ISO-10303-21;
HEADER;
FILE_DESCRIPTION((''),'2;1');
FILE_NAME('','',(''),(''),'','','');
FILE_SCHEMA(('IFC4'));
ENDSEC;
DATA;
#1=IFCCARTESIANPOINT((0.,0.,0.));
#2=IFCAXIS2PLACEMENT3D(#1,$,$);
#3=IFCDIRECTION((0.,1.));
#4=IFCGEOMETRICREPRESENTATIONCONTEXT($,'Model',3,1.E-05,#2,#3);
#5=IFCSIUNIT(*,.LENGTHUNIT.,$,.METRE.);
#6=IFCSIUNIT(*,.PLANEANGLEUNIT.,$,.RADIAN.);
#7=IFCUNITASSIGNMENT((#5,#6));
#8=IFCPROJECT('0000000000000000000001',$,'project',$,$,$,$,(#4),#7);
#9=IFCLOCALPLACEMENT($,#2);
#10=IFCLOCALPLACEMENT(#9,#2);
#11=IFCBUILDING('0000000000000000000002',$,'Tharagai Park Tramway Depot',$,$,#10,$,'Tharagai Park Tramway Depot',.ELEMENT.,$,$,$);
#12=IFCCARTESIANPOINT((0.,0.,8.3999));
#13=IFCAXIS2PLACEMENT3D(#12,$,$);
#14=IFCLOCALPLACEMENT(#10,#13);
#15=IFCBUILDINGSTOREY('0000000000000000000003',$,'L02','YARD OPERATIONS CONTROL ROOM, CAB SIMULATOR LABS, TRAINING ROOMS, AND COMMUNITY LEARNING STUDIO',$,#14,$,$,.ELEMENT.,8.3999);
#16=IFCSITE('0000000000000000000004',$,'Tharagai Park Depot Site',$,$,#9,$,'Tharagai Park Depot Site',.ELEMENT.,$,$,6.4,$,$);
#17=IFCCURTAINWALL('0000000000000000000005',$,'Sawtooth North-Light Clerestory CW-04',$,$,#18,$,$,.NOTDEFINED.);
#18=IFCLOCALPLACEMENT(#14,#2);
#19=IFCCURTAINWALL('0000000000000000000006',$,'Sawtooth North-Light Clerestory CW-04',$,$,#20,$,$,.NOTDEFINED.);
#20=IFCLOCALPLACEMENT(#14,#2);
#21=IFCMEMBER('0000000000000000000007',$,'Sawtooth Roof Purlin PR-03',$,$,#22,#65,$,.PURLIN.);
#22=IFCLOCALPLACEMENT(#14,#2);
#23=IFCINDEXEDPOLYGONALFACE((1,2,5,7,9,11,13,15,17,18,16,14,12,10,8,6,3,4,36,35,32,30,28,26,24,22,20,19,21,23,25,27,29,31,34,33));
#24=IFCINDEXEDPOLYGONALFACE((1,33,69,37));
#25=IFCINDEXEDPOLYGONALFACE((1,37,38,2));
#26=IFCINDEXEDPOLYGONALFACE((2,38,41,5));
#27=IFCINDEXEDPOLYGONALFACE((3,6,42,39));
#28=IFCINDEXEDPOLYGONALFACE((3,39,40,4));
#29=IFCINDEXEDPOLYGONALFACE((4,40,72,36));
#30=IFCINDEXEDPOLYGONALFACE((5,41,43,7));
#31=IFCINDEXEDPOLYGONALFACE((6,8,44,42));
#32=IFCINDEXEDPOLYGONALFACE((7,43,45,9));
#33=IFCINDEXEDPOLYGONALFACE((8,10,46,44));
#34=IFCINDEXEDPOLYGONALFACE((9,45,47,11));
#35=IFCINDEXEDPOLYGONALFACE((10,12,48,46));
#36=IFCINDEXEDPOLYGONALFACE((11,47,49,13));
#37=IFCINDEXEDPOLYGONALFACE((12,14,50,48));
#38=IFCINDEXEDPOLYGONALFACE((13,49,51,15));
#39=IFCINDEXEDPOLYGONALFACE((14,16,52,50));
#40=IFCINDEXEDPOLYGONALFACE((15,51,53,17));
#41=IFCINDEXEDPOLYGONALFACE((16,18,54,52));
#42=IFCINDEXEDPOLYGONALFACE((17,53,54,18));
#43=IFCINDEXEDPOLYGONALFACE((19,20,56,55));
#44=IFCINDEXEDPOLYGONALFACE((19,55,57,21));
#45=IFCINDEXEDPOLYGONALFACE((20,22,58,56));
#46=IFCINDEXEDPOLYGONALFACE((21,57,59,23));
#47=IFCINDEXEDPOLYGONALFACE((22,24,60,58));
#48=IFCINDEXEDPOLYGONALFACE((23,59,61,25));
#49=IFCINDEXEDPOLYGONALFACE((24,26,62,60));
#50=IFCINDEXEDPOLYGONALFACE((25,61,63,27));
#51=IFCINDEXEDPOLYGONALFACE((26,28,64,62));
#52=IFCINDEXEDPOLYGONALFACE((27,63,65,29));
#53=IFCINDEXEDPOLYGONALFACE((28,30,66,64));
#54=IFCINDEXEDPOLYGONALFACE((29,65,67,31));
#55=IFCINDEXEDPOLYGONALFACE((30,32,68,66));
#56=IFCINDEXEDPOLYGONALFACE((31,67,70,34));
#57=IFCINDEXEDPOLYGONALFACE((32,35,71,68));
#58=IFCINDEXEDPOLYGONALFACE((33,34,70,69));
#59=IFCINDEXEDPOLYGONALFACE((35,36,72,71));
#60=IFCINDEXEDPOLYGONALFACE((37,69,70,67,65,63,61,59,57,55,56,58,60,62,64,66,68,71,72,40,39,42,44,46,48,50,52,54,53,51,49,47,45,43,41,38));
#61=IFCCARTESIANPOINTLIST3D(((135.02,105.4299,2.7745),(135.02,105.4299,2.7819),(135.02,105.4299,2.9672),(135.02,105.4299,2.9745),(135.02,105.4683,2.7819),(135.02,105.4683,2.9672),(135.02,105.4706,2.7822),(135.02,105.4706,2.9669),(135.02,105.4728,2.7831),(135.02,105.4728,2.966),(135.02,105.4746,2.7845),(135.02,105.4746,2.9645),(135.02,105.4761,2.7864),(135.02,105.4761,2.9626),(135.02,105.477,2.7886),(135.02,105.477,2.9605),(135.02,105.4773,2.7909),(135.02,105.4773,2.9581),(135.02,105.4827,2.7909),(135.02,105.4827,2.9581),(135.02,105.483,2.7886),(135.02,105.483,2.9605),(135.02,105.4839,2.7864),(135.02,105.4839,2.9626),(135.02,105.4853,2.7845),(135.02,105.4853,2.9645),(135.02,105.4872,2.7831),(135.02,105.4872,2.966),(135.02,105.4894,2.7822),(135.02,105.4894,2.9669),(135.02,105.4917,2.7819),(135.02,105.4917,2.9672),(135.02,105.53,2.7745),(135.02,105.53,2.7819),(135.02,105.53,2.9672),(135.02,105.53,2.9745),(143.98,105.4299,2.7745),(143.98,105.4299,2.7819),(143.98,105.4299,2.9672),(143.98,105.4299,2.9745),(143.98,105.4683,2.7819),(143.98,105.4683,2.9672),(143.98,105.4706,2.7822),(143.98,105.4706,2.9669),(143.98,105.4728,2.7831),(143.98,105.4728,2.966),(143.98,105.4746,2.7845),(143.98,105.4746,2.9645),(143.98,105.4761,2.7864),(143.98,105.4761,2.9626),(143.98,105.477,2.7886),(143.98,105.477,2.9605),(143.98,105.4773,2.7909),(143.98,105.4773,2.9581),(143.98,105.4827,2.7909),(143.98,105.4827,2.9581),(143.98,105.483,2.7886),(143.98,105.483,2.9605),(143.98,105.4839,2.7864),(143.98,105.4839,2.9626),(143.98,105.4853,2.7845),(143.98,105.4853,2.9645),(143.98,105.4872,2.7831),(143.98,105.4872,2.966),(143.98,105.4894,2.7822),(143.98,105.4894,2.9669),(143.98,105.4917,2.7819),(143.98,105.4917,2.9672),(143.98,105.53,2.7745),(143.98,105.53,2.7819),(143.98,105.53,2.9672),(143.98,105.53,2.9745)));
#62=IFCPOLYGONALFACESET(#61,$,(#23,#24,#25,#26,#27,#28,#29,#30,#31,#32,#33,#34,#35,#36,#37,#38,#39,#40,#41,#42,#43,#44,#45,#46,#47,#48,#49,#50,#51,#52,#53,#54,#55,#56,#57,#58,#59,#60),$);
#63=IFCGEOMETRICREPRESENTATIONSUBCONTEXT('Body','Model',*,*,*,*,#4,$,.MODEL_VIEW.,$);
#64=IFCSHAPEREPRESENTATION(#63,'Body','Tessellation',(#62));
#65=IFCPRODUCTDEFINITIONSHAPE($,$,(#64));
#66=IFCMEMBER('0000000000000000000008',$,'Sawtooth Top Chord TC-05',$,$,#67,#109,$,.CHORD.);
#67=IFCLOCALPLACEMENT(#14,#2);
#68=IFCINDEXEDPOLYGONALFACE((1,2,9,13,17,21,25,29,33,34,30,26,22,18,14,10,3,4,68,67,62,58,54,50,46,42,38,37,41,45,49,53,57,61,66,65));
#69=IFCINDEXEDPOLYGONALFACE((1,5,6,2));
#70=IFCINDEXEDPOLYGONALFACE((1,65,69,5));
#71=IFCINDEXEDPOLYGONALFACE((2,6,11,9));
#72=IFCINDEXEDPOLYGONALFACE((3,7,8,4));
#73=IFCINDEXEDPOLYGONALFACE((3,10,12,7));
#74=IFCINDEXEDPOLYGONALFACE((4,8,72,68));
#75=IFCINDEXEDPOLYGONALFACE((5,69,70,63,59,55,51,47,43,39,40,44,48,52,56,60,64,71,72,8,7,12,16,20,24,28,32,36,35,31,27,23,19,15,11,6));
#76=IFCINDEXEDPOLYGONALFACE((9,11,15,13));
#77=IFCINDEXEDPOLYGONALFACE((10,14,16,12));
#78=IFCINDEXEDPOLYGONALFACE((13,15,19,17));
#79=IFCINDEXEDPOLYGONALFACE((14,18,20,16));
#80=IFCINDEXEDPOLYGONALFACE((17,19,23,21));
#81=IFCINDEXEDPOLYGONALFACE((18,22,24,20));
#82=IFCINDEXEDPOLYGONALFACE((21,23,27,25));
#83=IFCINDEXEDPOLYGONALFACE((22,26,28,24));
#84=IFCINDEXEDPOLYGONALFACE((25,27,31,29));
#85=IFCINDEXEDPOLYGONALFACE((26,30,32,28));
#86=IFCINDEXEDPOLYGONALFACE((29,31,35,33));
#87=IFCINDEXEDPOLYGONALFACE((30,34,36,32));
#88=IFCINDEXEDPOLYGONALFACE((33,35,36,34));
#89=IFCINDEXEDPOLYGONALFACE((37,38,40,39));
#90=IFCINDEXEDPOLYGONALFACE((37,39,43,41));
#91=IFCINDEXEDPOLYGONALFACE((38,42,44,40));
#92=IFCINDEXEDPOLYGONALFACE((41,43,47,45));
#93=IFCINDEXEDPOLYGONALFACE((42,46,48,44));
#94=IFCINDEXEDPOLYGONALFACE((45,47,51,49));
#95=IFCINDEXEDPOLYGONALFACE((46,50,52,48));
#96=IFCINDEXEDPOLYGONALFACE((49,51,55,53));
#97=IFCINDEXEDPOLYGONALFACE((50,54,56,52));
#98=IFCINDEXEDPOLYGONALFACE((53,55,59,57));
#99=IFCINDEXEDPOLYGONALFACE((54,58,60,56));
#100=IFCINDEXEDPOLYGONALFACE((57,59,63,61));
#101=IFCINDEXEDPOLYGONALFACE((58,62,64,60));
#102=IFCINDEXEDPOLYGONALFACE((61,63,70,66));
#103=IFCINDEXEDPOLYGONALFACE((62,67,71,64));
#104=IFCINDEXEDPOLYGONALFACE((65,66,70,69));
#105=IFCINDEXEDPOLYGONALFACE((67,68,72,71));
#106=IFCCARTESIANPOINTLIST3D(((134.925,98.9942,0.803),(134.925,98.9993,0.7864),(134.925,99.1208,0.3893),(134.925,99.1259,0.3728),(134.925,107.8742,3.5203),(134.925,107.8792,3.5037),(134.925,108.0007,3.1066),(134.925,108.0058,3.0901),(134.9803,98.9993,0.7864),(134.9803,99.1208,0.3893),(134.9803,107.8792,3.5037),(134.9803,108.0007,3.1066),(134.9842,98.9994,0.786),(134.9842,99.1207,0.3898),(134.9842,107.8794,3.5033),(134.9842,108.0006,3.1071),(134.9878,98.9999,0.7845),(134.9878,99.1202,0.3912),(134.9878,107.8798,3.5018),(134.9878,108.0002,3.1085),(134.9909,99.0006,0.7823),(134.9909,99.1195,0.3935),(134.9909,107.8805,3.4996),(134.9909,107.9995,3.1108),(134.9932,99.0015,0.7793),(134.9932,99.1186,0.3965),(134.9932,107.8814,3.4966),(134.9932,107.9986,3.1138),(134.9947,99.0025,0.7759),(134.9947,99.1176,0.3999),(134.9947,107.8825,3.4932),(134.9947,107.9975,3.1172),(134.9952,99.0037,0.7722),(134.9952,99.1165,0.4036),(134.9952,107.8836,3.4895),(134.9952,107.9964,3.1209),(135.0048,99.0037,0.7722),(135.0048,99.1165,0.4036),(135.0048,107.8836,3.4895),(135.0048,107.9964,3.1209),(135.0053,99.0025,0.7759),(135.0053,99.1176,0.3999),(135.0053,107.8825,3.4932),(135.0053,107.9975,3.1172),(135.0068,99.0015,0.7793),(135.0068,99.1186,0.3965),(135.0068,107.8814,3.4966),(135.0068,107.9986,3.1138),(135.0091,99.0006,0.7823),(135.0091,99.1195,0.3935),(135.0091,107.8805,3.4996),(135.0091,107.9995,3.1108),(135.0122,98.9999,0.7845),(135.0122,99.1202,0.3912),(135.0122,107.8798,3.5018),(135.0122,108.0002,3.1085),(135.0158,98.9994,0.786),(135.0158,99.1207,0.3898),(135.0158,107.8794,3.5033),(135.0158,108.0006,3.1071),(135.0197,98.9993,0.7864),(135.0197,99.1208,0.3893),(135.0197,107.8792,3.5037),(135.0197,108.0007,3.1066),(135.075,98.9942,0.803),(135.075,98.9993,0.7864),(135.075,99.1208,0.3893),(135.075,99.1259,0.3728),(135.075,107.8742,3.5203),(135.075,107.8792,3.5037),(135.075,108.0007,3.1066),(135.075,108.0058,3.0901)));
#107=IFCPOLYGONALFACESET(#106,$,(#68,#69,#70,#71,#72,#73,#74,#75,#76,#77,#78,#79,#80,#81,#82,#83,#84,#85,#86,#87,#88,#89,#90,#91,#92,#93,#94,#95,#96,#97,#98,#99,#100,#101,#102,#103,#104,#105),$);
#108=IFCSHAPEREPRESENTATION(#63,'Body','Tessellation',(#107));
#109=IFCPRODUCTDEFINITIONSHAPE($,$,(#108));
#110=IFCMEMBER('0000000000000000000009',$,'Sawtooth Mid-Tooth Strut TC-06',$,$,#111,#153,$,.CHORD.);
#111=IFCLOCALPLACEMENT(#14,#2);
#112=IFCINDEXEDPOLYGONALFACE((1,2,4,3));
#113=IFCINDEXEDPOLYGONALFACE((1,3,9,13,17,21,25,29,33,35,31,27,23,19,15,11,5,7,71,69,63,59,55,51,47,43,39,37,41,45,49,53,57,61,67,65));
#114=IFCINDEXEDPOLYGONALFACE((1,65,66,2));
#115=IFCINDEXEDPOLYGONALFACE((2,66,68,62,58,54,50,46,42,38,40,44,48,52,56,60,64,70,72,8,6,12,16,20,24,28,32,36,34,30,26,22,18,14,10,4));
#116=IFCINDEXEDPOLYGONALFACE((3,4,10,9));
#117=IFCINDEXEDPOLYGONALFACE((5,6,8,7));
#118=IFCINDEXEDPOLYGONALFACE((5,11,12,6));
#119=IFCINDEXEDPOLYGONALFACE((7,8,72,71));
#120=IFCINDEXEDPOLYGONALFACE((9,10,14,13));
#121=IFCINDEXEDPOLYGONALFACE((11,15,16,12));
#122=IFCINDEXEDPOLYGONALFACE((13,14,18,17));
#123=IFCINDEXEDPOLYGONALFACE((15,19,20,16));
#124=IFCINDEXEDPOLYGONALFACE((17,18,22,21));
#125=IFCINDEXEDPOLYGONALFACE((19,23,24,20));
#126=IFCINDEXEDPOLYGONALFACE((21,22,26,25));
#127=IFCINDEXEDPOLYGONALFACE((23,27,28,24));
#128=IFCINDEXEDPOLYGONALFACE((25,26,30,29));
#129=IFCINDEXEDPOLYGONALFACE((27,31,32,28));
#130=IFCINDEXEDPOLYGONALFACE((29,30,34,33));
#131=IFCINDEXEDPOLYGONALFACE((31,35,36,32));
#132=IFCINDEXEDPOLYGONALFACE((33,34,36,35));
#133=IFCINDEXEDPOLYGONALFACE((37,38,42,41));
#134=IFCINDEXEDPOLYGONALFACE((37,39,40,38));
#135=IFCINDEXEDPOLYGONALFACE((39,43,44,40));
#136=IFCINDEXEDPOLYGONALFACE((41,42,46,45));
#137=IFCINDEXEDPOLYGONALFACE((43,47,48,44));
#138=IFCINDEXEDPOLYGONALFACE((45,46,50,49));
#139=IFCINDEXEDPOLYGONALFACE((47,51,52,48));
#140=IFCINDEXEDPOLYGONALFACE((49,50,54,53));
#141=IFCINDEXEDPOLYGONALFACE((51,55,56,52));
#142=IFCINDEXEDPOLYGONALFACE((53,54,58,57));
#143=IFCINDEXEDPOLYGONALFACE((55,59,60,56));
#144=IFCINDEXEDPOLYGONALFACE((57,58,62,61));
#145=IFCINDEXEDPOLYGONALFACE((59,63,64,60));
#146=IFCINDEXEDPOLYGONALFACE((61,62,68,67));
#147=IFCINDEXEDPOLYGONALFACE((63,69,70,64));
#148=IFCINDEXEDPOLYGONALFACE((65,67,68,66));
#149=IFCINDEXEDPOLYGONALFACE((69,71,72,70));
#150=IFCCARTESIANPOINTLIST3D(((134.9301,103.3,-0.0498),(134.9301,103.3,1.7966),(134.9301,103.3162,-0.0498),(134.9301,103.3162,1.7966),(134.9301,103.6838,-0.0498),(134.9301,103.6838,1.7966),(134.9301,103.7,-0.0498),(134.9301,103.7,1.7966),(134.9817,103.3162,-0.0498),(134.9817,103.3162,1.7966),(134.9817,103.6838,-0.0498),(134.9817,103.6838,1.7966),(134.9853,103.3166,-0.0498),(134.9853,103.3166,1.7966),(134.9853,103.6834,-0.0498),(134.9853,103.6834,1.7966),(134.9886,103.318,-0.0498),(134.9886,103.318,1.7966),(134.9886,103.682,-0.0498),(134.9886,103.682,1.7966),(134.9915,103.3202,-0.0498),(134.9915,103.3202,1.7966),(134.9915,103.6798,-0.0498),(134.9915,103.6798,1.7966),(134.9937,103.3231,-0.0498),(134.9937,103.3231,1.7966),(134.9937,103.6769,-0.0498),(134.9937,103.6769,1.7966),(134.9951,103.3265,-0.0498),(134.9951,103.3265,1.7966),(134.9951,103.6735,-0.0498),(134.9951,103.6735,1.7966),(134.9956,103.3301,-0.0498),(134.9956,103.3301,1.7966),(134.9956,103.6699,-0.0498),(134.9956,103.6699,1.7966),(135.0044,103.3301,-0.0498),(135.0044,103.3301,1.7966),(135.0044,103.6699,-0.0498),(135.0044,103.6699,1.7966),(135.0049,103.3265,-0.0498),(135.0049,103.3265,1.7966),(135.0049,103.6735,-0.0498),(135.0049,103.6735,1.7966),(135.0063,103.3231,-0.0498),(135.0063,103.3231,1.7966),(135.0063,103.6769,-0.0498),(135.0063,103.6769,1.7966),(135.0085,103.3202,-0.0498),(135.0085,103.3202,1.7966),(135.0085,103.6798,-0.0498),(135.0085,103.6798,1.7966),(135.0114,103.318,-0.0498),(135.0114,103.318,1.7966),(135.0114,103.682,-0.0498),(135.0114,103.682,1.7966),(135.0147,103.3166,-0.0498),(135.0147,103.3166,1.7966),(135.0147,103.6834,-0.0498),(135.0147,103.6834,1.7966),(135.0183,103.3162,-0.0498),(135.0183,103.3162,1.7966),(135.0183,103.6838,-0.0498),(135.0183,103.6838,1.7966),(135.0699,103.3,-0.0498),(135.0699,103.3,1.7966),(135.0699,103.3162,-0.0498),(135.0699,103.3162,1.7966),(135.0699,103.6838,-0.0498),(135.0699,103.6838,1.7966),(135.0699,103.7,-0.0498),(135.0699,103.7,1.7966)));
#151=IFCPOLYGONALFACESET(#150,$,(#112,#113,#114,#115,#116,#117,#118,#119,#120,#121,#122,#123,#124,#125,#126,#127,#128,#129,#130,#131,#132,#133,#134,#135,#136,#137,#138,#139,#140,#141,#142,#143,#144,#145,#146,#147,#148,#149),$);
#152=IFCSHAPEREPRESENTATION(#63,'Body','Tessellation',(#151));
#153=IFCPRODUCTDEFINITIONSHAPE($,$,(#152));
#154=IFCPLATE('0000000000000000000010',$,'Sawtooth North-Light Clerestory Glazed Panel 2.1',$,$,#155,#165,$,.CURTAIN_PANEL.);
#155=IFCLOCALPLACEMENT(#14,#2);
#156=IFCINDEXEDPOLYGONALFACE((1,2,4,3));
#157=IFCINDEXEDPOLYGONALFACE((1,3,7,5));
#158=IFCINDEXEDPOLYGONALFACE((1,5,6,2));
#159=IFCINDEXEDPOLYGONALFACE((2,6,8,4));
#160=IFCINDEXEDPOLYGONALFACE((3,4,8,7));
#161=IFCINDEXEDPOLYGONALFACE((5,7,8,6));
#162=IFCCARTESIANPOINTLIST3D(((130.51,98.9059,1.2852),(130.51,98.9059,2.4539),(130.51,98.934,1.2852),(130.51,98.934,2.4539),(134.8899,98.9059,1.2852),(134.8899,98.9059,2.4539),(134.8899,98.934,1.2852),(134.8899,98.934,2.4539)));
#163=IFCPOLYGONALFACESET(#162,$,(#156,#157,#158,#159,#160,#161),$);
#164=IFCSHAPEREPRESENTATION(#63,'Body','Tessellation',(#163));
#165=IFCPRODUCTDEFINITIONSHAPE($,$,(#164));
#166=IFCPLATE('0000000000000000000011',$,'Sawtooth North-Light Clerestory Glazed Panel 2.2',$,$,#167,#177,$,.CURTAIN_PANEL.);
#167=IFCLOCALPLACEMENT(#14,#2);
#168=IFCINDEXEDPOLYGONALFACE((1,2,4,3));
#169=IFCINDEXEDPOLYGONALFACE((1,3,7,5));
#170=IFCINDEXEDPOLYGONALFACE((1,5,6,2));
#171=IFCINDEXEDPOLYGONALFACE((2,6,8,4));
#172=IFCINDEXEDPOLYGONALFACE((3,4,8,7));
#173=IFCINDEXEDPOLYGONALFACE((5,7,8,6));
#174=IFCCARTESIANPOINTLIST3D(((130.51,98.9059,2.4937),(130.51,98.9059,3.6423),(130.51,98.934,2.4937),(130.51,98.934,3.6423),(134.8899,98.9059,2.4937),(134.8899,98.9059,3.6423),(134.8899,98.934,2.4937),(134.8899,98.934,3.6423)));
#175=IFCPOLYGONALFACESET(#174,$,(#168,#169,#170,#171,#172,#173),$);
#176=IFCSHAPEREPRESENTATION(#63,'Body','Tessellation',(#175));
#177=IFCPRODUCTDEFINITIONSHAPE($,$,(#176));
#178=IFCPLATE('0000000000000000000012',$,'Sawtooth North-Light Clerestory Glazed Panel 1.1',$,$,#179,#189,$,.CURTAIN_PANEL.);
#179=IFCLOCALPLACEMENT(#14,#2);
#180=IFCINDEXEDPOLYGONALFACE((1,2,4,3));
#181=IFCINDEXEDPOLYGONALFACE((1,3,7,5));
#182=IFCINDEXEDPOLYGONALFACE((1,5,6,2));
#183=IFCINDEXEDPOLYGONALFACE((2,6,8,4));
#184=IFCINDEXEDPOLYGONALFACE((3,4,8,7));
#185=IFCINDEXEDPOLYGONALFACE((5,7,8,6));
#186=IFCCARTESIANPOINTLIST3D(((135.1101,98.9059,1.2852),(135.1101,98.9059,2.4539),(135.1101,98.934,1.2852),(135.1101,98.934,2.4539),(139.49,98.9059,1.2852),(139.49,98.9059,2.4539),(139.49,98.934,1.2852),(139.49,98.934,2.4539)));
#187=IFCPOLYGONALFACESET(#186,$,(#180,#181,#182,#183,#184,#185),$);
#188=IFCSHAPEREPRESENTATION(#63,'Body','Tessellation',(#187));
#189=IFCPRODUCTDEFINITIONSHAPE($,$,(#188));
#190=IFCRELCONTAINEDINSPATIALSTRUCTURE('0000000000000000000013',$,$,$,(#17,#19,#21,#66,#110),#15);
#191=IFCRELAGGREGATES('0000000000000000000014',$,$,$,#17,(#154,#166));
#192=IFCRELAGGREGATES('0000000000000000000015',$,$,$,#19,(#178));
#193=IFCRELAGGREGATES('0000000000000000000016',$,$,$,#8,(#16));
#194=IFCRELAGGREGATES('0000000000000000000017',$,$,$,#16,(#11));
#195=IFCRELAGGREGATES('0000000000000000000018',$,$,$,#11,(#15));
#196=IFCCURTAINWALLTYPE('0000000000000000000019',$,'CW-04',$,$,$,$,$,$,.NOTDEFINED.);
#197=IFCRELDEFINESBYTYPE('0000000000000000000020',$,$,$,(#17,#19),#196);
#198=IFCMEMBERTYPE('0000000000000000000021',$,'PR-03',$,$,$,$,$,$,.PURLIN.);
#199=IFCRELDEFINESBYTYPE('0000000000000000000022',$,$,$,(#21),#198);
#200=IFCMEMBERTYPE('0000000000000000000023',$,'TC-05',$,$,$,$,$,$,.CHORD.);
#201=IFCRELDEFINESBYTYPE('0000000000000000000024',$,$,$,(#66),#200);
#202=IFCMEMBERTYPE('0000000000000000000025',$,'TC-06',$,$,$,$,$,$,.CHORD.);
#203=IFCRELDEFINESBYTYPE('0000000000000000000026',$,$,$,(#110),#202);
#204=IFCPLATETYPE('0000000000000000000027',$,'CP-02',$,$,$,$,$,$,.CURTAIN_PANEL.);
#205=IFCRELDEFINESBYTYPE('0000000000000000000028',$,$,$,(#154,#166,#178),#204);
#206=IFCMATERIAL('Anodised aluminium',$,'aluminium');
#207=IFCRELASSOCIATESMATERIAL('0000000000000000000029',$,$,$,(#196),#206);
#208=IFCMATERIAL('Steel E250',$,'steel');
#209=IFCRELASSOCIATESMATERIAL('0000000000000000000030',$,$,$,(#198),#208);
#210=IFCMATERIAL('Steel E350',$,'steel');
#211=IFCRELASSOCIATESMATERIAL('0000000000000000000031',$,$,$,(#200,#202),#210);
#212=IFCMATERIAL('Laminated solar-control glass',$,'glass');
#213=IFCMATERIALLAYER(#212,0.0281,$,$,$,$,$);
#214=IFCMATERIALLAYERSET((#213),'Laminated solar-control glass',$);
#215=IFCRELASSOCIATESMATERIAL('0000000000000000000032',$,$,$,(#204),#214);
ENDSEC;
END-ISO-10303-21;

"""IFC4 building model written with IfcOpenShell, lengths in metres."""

from ifc_helpers import new_model, si_unit, direction, frame, origin, origin_2d, place, context, subcontext, project, spatial, rectangle, i_section, extrude, material, layer, layer_set, material_profile, profile_set, type_object, element, aggregate, save


model = new_model("IFC4")

# Units and contexts
model_context = context("Model", 3, precision=1e-05, world=origin(), true_north=direction((0.0, 1.0)))
body_context = subcontext(model_context, "Body", "Model", "MODEL_VIEW")
ifc_project = project(units=[si_unit("LENGTHUNIT", "METRE"), si_unit("PLANEANGLEUNIT", "RADIAN")], contexts=[model_context])

# Site, building, storey
site_placement = place(None, origin())
site = spatial("IfcSite", under=ifc_project, at=site_placement, Name="Tharagai Park Depot Site", LongName="Tharagai Park Depot Site", CompositionType="ELEMENT", RefElevation=6.4)
building_placement = place(site_placement, origin())
building = spatial("IfcBuilding", under=site, at=building_placement, Name="Tharagai Park Tramway Depot", LongName="Tharagai Park Tramway Depot", CompositionType="ELEMENT")
storey_placement = place(building_placement, frame((0.0, 0.0, 8.3999)))
storey = spatial("IfcBuildingStorey", under=building, at=storey_placement, Name="L02", Description="YARD OPERATIONS CONTROL ROOM, CAB SIMULATOR LABS, TRAINING ROOMS, AND COMMUNITY LEARNING STUDIO", CompositionType="ELEMENT", Elevation=8.3999)

# Shared definitions
ifc_material_1 = material(Name="Steel E350", Category="steel")

# Curtain wall
ifc_material_2 = material(Name="Anodised aluminium", Category="aluminium")
curtain_wall_type = type_object("IfcCurtainWallType", Name="CW-04", PredefinedType="NOTDEFINED", material=ifc_material_2)
curtain_wall_1_placement = place(storey_placement, origin())
curtain_wall_1 = element("IfcCurtainWall", 1, at=curtain_wall_1_placement, inside=storey, type_object=curtain_wall_type, Name="Sawtooth North-Light Clerestory CW-04", PredefinedType="NOTDEFINED")

# Curtain wall
curtain_wall_2_placement = place(storey_placement, origin())
curtain_wall_2 = element("IfcCurtainWall", 2, at=curtain_wall_2_placement, inside=storey, type_object=curtain_wall_type, Name="Sawtooth North-Light Clerestory CW-04", PredefinedType="NOTDEFINED")

# Members
ifc_material_3 = material(Name="Steel E250", Category="steel")
ifc_material_profile_1 = material_profile(ifc_material_3, i_section(OverallWidth=0.1001, OverallDepth=0.2, WebThickness=0.0054, FlangeThickness=0.0073, FilletRadius=0.009, at=origin_2d()), Name="ISLB 200")
ifc_profile_set_1 = profile_set([ifc_material_profile_1], Name="Steel E250")
member_type_1 = type_object("IfcMemberType", Name="PR-03", PredefinedType="PURLIN", material=ifc_profile_set_1)
for number, where, z_axis, x_axis, name in (
    (3, (135.02, 105.48, 2.8745), (1.0, 0.0, 0.0), (0.0, 1.0, 0.0), "Sawtooth Roof Purlin PR-03"),
):
    element("IfcMember", number, at=place(storey_placement, frame(where, z_axis=z_axis, x_axis=x_axis)), inside=storey, type_object=member_type_1, Name=name, PredefinedType="PURLIN", context=body_context, shape_type="SweptSolid", body=[
        extrude(i_section(OverallWidth=0.1001, OverallDepth=0.2, WebThickness=0.0054, FlangeThickness=0.0073, FilletRadius=0.009, at=origin_2d()), origin(), (0.0, 0.0, 1.0), 8.96),
    ])
ifc_material_profile_2 = material_profile(ifc_material_1, i_section(OverallWidth=0.1499, OverallDepth=0.45, WebThickness=0.0095, FlangeThickness=0.0173, FilletRadius=0.0149, at=origin_2d()), Name="ISMB 450")
ifc_profile_set_2 = profile_set([ifc_material_profile_2], Name="Steel E350")
member_type_2 = type_object("IfcMemberType", Name="TC-05", PredefinedType="CHORD", material=ifc_profile_set_2)
member_1_placement = place(storey_placement, frame((135.0, 99.0601, 0.5879), z_axis=(0.0, 0.956231, 0.292611), x_axis=(-1.0, 0.0, 0.0)))
element("IfcMember", 4, at=member_1_placement, inside=storey, type_object=member_type_2, Name="Sawtooth Top Chord TC-05", PredefinedType="CHORD", context=body_context, shape_type="SweptSolid", body=[
    extrude(i_section(OverallWidth=0.1499, OverallDepth=0.45, WebThickness=0.0095, FlangeThickness=0.0173, FilletRadius=0.0149, at=origin_2d()), origin(), (0.0, 0.0, 1.0), 9.2864),
])
ifc_material_profile_3 = material_profile(ifc_material_1, i_section(OverallWidth=0.1399, OverallDepth=0.3999, WebThickness=0.0088, FlangeThickness=0.0161, FilletRadius=0.0139, at=origin_2d()), Name="ISMB 400")
ifc_profile_set_3 = profile_set([ifc_material_profile_3], Name="Steel E350")
member_type_3 = type_object("IfcMemberType", Name="TC-06", PredefinedType="CHORD", material=ifc_profile_set_3)
member_2_placement = place(storey_placement, frame((135.0, 103.5, -0.0498), z_axis=(0.0, 0.0, 1.0), x_axis=(1.0, 0.0, 0.0)))
element("IfcMember", 5, at=member_2_placement, inside=storey, type_object=member_type_3, Name="Sawtooth Mid-Tooth Strut TC-06", PredefinedType="CHORD", context=body_context, shape_type="SweptSolid", body=[
    extrude(i_section(OverallWidth=0.1399, OverallDepth=0.3999, WebThickness=0.0088, FlangeThickness=0.0161, FilletRadius=0.0139, at=origin_2d()), origin(), (0.0, 0.0, 1.0), 1.8464),
])

# Plates
ifc_material_4 = material(Name="Laminated solar-control glass", Category="glass")
ifc_layer_1 = layer(ifc_material_4, 0.0281)
ifc_layer_set_1 = layer_set([ifc_layer_1], Name="Laminated solar-control glass")
plate_type_1 = type_object("IfcPlateType", Name="CP-02", PredefinedType="CURTAIN_PANEL", material=ifc_layer_set_1)
plate_1_placement = place(storey_placement, frame((132.7, 98.9199, 1.2852), z_axis=(0.0, 0.0, 1.0), x_axis=(1.0, 0.0, 0.0)))
plate_1 = element("IfcPlate", 6, at=plate_1_placement, type_object=plate_type_1, Name="Sawtooth North-Light Clerestory Glazed Panel 2.1", PredefinedType="CURTAIN_PANEL", context=body_context, shape_type="SweptSolid", body=[
    extrude(rectangle(XDim=4.3799, YDim=0.0281, at=origin_2d()), origin(), (0.0, 0.0, 1.0), 1.1687),
])
plate_2_placement = place(storey_placement, frame((132.7, 98.9199, 2.4937), z_axis=(0.0, 0.0, 1.0), x_axis=(1.0, 0.0, 0.0)))
plate_2 = element("IfcPlate", 7, at=plate_2_placement, type_object=plate_type_1, Name="Sawtooth North-Light Clerestory Glazed Panel 2.2", PredefinedType="CURTAIN_PANEL", context=body_context, shape_type="SweptSolid", body=[
    extrude(rectangle(XDim=4.3799, YDim=0.0281, at=origin_2d()), origin(), (0.0, 0.0, 1.0), 1.1487),
])
aggregate(curtain_wall_1, [plate_1, plate_2])
plate_3_placement = place(storey_placement, frame((137.3, 98.9199, 1.2852), z_axis=(0.0, 0.0, 1.0), x_axis=(1.0, 0.0, 0.0)))
plate_3 = element("IfcPlate", 8, at=plate_3_placement, type_object=plate_type_1, Name="Sawtooth North-Light Clerestory Glazed Panel 1.1", PredefinedType="CURTAIN_PANEL", context=body_context, shape_type="SweptSolid", body=[
    extrude(rectangle(XDim=4.3799, YDim=0.0281, at=origin_2d()), origin(), (0.0, 0.0, 1.0), 1.1687),
])
aggregate(curtain_wall_2, [plate_3])

save(model, "model.ifc")
